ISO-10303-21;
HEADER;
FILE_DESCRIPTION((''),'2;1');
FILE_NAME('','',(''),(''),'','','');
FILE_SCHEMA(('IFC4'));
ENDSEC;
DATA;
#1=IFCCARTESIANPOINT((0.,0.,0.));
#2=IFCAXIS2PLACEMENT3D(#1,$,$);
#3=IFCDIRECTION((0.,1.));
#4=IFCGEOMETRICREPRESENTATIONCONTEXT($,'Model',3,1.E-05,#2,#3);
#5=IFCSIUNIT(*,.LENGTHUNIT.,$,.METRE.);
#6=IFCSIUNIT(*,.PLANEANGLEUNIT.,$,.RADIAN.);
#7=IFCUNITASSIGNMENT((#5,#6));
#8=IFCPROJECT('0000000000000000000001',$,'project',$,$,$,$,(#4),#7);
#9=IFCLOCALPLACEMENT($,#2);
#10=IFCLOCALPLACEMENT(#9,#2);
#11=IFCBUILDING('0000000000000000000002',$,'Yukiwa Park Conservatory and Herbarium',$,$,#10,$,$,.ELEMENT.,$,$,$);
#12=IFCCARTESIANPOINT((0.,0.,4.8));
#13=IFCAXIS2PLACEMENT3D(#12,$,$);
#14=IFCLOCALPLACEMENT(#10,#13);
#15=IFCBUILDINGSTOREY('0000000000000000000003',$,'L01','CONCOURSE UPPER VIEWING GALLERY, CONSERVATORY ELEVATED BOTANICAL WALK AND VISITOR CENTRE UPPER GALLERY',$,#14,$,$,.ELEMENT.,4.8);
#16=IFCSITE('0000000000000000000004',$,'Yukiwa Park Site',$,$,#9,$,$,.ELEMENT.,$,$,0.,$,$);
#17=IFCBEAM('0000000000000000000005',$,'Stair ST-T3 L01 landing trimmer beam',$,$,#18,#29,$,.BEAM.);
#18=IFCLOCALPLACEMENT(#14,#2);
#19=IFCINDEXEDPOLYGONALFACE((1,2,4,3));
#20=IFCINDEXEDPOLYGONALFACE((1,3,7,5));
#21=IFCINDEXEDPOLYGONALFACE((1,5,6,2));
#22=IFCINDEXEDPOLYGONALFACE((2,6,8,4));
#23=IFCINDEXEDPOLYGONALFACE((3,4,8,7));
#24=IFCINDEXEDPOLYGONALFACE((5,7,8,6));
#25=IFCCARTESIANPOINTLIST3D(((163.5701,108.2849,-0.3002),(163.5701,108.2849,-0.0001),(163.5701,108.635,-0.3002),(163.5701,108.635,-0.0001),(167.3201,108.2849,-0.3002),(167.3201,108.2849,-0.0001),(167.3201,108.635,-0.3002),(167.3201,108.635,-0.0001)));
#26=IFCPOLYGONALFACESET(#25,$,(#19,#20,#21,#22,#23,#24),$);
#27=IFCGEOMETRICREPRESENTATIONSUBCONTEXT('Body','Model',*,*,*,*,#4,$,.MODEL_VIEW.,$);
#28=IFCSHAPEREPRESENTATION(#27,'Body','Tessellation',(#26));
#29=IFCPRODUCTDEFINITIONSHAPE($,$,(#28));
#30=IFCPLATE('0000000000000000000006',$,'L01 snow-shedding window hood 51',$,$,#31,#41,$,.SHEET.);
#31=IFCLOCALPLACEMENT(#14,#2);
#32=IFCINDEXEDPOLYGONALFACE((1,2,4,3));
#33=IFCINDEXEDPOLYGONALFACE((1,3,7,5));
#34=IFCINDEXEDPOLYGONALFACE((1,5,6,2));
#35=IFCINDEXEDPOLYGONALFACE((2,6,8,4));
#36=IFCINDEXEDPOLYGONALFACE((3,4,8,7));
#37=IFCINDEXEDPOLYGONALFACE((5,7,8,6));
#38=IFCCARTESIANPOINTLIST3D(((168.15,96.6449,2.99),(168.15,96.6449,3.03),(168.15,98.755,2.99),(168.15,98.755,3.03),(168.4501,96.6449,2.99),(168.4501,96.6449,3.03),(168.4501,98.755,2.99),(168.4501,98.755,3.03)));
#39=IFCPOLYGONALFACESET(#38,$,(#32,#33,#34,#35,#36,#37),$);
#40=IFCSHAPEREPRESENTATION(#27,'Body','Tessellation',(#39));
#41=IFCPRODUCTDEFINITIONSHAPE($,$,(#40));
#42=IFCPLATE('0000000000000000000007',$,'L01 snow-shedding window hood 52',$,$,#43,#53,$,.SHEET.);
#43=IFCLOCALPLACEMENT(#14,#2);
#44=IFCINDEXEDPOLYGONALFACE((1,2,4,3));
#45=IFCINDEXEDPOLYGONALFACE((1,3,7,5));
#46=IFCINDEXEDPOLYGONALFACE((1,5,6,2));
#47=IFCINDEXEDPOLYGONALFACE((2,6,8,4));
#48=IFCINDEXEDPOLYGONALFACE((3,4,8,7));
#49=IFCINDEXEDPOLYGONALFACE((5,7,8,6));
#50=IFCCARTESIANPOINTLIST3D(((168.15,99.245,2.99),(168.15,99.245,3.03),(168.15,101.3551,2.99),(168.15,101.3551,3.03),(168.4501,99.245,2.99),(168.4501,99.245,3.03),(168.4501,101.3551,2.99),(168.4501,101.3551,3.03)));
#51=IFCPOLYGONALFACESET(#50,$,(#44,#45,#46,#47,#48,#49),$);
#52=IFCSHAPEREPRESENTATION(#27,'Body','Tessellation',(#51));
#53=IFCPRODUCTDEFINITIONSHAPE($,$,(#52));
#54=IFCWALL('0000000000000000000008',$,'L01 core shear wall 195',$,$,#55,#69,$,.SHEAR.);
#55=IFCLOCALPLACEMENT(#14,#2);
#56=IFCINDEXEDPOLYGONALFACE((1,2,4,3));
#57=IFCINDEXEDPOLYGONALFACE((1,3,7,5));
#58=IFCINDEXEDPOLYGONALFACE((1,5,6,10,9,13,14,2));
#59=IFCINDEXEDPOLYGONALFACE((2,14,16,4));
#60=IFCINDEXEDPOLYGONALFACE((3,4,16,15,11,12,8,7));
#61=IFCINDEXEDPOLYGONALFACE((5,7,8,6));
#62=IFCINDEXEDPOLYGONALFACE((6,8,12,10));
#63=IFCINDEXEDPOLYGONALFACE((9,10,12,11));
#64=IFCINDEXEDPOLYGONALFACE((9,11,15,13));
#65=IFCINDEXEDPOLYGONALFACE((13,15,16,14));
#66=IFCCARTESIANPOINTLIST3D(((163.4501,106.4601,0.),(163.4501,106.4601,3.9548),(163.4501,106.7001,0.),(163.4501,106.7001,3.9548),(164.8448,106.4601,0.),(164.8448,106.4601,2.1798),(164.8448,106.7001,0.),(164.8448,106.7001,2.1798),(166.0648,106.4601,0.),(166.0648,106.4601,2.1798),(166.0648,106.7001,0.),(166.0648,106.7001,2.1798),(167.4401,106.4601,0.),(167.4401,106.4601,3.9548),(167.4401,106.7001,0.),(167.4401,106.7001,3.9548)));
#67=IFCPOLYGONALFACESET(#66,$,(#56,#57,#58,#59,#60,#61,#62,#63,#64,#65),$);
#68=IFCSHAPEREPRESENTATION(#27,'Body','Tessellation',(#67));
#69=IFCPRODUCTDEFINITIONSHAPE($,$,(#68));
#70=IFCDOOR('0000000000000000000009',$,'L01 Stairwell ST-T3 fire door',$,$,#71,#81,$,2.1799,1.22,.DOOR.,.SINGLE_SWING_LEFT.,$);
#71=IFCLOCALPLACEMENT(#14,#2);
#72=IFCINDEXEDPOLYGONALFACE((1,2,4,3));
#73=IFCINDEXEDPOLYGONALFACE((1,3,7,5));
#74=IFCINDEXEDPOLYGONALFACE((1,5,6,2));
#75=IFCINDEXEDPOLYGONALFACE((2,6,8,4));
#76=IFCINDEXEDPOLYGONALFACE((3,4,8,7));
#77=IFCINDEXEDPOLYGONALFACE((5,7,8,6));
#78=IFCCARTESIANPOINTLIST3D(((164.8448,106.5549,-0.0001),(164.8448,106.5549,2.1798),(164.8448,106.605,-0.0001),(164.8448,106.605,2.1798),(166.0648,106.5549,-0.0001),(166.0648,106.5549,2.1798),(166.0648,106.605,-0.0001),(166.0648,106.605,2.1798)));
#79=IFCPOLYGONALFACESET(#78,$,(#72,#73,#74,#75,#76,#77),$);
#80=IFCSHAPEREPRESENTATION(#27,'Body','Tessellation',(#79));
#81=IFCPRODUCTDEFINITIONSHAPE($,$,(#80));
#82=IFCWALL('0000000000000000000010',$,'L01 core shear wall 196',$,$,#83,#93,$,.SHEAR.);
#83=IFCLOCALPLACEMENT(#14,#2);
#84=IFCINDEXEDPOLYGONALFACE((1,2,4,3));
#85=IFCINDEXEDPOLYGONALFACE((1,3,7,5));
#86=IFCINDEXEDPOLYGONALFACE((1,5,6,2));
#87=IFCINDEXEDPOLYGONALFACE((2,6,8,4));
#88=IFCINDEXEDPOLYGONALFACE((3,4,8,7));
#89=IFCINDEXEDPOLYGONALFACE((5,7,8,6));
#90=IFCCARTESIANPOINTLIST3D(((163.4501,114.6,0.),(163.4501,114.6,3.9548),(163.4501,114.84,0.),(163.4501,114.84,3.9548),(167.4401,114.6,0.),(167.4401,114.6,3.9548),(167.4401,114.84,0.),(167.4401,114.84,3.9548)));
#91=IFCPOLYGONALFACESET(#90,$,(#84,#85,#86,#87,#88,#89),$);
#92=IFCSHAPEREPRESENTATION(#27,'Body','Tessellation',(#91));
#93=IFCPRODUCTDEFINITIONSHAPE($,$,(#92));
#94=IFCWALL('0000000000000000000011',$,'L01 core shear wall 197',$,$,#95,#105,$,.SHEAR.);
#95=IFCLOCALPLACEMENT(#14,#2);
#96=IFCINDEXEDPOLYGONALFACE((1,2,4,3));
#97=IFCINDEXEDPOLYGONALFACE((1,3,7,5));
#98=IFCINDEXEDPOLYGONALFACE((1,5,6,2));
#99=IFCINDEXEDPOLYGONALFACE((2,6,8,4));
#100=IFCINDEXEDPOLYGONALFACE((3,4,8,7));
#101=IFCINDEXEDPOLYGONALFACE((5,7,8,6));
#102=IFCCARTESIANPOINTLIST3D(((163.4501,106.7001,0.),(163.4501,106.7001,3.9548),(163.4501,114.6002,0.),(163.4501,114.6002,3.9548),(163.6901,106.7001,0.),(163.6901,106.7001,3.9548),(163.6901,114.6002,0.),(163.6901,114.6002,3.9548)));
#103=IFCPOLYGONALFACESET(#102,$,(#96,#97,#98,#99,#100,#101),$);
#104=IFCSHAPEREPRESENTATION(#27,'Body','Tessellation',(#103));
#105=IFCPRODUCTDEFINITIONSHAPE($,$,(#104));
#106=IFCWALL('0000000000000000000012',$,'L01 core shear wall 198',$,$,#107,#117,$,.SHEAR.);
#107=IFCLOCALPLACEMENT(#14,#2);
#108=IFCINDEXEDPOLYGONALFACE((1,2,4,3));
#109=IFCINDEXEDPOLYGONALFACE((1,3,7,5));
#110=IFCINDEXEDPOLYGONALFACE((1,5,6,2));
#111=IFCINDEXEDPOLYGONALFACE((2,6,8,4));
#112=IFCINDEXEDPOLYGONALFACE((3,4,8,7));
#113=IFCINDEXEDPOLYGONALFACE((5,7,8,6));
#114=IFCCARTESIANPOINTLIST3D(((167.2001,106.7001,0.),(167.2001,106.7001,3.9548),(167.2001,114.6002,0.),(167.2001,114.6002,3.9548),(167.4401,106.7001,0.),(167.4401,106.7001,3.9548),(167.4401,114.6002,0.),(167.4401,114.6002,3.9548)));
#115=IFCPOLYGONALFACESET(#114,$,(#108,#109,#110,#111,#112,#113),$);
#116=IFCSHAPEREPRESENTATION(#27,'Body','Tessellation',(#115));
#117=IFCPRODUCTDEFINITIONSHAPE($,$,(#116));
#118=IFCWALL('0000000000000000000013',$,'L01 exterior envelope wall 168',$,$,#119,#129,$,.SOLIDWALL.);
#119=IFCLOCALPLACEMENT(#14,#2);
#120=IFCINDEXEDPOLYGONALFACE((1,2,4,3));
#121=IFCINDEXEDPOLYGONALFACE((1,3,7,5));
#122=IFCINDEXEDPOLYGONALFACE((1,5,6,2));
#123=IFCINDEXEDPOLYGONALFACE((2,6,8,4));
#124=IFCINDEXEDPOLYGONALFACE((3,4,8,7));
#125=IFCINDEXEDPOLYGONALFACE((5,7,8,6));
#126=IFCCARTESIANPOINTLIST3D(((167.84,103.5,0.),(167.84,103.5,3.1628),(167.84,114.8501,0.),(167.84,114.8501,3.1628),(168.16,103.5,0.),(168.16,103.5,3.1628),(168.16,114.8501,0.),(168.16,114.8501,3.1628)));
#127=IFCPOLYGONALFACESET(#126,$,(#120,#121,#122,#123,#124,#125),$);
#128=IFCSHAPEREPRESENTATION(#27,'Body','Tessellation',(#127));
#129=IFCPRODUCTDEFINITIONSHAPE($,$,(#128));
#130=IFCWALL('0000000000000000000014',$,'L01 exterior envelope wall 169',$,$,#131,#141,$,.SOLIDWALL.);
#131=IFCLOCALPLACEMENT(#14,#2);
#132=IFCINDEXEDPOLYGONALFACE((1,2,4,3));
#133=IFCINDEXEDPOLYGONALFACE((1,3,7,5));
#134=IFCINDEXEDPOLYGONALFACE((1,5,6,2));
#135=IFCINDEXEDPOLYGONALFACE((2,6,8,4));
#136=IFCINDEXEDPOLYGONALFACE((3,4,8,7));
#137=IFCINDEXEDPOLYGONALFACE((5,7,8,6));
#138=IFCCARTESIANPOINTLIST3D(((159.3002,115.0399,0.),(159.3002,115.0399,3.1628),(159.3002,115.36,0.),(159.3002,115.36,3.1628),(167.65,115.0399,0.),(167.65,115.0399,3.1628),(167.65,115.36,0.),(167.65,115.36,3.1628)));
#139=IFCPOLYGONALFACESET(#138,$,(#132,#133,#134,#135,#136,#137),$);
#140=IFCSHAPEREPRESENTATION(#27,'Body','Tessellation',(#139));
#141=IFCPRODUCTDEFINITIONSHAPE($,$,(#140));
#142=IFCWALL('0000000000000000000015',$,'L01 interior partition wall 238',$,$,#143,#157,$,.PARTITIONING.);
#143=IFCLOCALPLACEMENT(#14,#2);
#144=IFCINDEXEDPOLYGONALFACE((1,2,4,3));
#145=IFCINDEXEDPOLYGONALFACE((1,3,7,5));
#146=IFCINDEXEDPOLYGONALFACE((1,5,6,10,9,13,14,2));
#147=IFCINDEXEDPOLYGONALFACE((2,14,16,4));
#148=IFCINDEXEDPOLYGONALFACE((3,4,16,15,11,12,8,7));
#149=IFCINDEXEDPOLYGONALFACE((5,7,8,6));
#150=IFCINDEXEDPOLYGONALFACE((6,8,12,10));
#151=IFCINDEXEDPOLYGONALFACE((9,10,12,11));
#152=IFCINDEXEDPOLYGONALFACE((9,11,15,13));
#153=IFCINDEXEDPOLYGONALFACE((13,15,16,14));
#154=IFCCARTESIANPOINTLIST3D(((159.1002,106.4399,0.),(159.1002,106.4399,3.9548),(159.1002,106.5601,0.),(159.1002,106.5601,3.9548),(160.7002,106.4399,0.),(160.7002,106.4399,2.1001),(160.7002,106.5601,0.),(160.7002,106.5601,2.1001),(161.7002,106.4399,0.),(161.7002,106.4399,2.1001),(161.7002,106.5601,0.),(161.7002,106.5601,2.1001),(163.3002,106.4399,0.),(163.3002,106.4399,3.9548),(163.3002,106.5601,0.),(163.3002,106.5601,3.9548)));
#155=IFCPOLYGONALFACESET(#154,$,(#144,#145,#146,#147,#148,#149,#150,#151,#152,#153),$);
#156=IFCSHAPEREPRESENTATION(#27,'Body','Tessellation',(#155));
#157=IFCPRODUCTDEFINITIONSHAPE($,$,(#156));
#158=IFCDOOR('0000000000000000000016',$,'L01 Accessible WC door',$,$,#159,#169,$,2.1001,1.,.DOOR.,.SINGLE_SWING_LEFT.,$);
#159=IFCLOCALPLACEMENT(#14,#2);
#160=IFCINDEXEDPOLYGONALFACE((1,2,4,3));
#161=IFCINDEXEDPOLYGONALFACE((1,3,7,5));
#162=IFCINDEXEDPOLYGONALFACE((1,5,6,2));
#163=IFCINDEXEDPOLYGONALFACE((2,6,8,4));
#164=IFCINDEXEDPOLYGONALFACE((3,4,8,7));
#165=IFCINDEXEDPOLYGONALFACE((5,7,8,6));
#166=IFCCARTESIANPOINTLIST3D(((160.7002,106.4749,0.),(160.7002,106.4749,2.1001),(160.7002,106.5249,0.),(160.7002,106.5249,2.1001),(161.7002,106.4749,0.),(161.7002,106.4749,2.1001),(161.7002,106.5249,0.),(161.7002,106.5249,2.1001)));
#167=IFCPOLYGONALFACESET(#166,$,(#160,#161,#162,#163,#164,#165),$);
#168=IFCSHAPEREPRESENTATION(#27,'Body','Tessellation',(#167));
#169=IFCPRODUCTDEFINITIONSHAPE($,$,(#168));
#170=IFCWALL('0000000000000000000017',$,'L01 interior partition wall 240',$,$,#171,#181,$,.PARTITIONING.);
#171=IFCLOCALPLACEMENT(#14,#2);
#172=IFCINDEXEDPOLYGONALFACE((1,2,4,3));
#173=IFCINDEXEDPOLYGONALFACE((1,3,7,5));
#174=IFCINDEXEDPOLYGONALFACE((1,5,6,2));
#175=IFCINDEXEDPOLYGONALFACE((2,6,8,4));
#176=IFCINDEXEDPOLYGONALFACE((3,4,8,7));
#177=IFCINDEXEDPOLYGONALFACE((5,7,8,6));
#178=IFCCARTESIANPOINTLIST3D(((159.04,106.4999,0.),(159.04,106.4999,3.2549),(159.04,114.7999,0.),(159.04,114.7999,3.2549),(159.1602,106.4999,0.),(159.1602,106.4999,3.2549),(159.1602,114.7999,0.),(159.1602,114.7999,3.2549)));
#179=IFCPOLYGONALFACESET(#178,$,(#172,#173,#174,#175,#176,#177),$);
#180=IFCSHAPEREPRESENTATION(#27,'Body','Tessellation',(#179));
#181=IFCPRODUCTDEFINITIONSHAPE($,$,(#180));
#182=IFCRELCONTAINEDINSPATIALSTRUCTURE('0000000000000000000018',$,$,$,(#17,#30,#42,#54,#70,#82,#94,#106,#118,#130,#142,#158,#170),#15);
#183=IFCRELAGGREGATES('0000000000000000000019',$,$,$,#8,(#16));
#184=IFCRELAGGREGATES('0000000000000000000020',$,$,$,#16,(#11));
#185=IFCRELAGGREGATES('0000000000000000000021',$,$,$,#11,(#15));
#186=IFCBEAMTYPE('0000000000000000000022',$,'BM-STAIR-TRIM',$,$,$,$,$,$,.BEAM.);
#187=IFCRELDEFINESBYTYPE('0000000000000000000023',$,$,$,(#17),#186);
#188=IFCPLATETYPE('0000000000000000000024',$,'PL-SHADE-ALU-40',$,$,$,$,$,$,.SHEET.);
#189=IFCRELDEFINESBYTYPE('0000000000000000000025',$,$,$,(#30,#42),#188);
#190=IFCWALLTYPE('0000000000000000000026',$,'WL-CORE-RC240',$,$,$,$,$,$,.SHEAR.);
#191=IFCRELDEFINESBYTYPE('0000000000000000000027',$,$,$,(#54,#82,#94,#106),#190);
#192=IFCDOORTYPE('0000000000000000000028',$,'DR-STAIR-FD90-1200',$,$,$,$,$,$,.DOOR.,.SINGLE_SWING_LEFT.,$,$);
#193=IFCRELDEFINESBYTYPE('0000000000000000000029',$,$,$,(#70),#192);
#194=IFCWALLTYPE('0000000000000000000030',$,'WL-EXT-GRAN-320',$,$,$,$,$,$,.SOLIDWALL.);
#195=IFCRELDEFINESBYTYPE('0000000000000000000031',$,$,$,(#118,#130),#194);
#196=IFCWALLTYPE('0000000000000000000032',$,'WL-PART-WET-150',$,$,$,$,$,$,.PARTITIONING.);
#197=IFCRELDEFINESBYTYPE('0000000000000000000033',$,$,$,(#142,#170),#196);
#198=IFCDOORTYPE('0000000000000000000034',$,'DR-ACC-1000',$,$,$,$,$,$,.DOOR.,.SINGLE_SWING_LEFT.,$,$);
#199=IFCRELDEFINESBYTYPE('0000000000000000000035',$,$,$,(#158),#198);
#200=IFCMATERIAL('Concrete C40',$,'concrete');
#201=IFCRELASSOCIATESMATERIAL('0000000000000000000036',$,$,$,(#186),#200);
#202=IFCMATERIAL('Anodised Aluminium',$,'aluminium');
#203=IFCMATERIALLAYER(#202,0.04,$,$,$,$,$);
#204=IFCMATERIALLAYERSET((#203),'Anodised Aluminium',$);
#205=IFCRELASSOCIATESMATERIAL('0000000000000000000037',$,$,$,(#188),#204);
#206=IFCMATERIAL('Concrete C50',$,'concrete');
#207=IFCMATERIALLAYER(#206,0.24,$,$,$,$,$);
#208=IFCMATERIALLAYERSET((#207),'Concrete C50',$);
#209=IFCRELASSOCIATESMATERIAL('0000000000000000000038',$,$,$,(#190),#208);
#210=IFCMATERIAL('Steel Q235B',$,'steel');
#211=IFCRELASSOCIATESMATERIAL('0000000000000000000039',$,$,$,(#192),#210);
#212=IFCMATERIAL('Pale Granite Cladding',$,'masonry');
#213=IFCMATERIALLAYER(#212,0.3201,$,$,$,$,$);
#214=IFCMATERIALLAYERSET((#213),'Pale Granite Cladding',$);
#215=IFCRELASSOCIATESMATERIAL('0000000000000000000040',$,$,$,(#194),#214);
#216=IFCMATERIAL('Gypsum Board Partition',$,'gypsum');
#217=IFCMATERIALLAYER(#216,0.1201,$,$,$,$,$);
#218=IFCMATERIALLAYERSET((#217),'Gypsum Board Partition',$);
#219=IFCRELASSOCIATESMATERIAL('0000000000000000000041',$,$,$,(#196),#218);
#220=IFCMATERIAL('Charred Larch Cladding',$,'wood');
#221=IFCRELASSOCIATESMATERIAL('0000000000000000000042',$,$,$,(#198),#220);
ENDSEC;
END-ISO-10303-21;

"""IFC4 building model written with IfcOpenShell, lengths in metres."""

from ifc_helpers import new_model, si_unit, direction, frame, frame_2d, origin, origin_2d, place, context, subcontext, project, spatial, rectangle, extrude, material, layer, layer_set, material_profile, profile_set, type_object, element, fill, save


model = new_model("IFC4")

# Units and contexts
model_context = context("Model", 3, precision=1e-05, world=origin(), true_north=direction((0.0, 1.0)))
body_context = subcontext(model_context, "Body", "Model", "MODEL_VIEW")
ifc_project = project(units=[si_unit("LENGTHUNIT", "METRE"), si_unit("PLANEANGLEUNIT", "RADIAN")], contexts=[model_context])

# Site, building, storey
site_placement = place(None, origin())
site = spatial("IfcSite", under=ifc_project, at=site_placement, Name="Yukiwa Park Site", CompositionType="ELEMENT", RefElevation=0.0)
building_placement = place(site_placement, origin())
building = spatial("IfcBuilding", under=site, at=building_placement, Name="Yukiwa Park Conservatory and Herbarium", CompositionType="ELEMENT")
storey_placement = place(building_placement, frame((0.0, 0.0, 4.8)))
storey = spatial("IfcBuildingStorey", under=building, at=storey_placement, Name="L01", Description="CONCOURSE UPPER VIEWING GALLERY, CONSERVATORY ELEVATED BOTANICAL WALK AND VISITOR CENTRE UPPER GALLERY", CompositionType="ELEMENT", Elevation=4.8)

# Beam
ifc_material_1 = material(Name="Concrete C40", Category="concrete")
ifc_material_profile_1 = material_profile(ifc_material_1, rectangle(XDim=0.3501, YDim=0.3, at=origin_2d()), Name="RC 350x300")
ifc_profile_set_1 = profile_set([ifc_material_profile_1], Name="Concrete C40")
beam_type_1 = type_object("IfcBeamType", Name="BM-STAIR-TRIM", PredefinedType="BEAM", material=ifc_profile_set_1)
beam_1_placement = place(storey_placement, frame((163.5701, 108.46, -0.1501), z_axis=(1.0, 0.0, 0.0), x_axis=(0.0, 1.0, 0.0)))
element("IfcBeam", 1, at=beam_1_placement, inside=storey, type_object=beam_type_1, Name="Stair ST-T3 L01 landing trimmer beam", PredefinedType="BEAM", context=body_context, shape_type="SweptSolid", body=[
    extrude(rectangle(XDim=0.3501, YDim=0.3, at=origin_2d()), origin(), (0.0, 0.0, 1.0), 3.75),
])

# Plates
ifc_material_2 = material(Name="Anodised Aluminium", Category="aluminium")
ifc_layer_1 = layer(ifc_material_2, 0.04)
ifc_layer_set_1 = layer_set([ifc_layer_1], Name="Anodised Aluminium")
plate_type = type_object("IfcPlateType", Name="PL-SHADE-ALU-40", PredefinedType="SHEET", material=ifc_layer_set_1)
for number, where, z_axis, x_axis, name in (
    (2, (168.3, 97.7, 2.99), (0.0, 0.0, 1.0), (0.0, 1.0, 0.0), "L01 snow-shedding window hood 51"),
    (3, (168.3, 100.3, 2.99), (0.0, 0.0, 1.0), (0.0, 1.0, 0.0), "L01 snow-shedding window hood 52"),
):
    element("IfcPlate", number, at=place(storey_placement, frame(where, z_axis=z_axis, x_axis=x_axis)), inside=storey, type_object=plate_type, Name=name, PredefinedType="SHEET", context=body_context, shape_type="SweptSolid", body=[
        extrude(rectangle(XDim=2.1101, YDim=0.3, at=origin_2d()), origin(), (0.0, 0.0, 1.0), 0.04),
    ])

# Wall, opening, door
ifc_material_3 = material(Name="Concrete C50", Category="concrete")
ifc_layer_2 = layer(ifc_material_3, 0.24)
ifc_layer_set_2 = layer_set([ifc_layer_2], Name="Concrete C50")
wall_type_1 = type_object("IfcWallType", Name="WL-CORE-RC240", PredefinedType="SHEAR", material=ifc_layer_set_2)
wall_1_placement = place(storey_placement, frame((163.45, 106.5801, 0.0), z_axis=(0.0, 0.0, 1.0), x_axis=(1.0, 0.0, 0.0)))
wall_1 = element("IfcWall", 4, at=wall_1_placement, inside=storey, type_object=wall_type_1, Name="L01 core shear wall 195", PredefinedType="SHEAR", context=body_context, shape_type="SweptSolid", body=[
    extrude(rectangle(XDim=3.99, YDim=0.24, at=frame_2d((1.9951, 0.0))), origin(), (0.0, 0.0, 1.0), 3.9548),
])
opening_1_placement = place(wall_1_placement, frame((1.395, 0.0, 0.0)))
opening_1 = element("IfcOpeningElement", 5, at=opening_1_placement, cuts=wall_1, PredefinedType="OPENING", context=body_context, shape_type="SweptSolid", body=[
    extrude(rectangle(XDim=1.22, YDim=2.1799, at=frame_2d((0.6099, 1.0898))), frame((0.0, 0.1299, 0.0), z_axis=(0.0, -1.0, 0.0), x_axis=(1.0, 0.0, 0.0)), (0.0, 0.0, 1.0), 0.26),
])
ifc_material_4 = material(Name="Steel Q235B", Category="steel")
door_type_1 = type_object("IfcDoorType", Name="DR-STAIR-FD90-1200", OperationType="SINGLE_SWING_LEFT", PredefinedType="DOOR", material=ifc_material_4)
door_1_placement = place(opening_1_placement, origin())
door_1 = element("IfcDoor", 6, at=door_1_placement, inside=storey, type_object=door_type_1, Name="L01 Stairwell ST-T3 fire door", OperationType="SINGLE_SWING_LEFT", OverallHeight=2.1799, OverallWidth=1.22, PredefinedType="DOOR", context=body_context, shape_type="SweptSolid", body=[
    extrude(rectangle(XDim=1.22, YDim=2.1799, at=frame_2d((0.6099, 1.0898))), frame((0.0, 0.0249, 0.0), z_axis=(0.0, -1.0, 0.0), x_axis=(1.0, 0.0, 0.0)), (0.0, 0.0, 1.0), 0.05),
])
fill(opening_1, door_1)

# Walls
wall_2_placement = place(storey_placement, frame((163.45, 114.72, 0.0), z_axis=(0.0, 0.0, 1.0), x_axis=(1.0, 0.0, 0.0)))
element("IfcWall", 7, at=wall_2_placement, inside=storey, type_object=wall_type_1, Name="L01 core shear wall 196", PredefinedType="SHEAR", context=body_context, shape_type="SweptSolid", body=[
    extrude(rectangle(XDim=3.99, YDim=0.24, at=frame_2d((1.9951, 0.0))), origin(), (0.0, 0.0, 1.0), 3.9548),
])
for number, where, z_axis, x_axis, name in (
    (8, (163.5701, 106.7, 0.0), (0.0, 0.0, 1.0), (0.0, 1.0, 0.0), "L01 core shear wall 197"),
    (9, (167.3201, 106.7, 0.0), (0.0, 0.0, 1.0), (0.0, 1.0, 0.0), "L01 core shear wall 198"),
):
    element("IfcWall", number, at=place(storey_placement, frame(where, z_axis=z_axis, x_axis=x_axis)), inside=storey, type_object=wall_type_1, Name=name, PredefinedType="SHEAR", context=body_context, shape_type="SweptSolid", body=[
        extrude(rectangle(XDim=7.9001, YDim=0.24, at=frame_2d((3.9502, 0.0))), origin(), (0.0, 0.0, 1.0), 3.9548),
    ])
ifc_material_5 = material(Name="Pale Granite Cladding", Category="masonry")
ifc_layer_3 = layer(ifc_material_5, 0.3201)
ifc_layer_set_3 = layer_set([ifc_layer_3], Name="Pale Granite Cladding")
wall_type_2 = type_object("IfcWallType", Name="WL-EXT-GRAN-320", PredefinedType="SOLIDWALL", material=ifc_layer_set_3)
wall_3_placement = place(storey_placement, frame((168.0, 103.5, 0.0), z_axis=(0.0, 0.0, 1.0), x_axis=(0.0, 1.0, 0.0)))
element("IfcWall", 10, at=wall_3_placement, inside=storey, type_object=wall_type_2, Name="L01 exterior envelope wall 168", PredefinedType="SOLIDWALL", context=body_context, shape_type="SweptSolid", body=[
    extrude(rectangle(XDim=11.3501, YDim=0.3201, at=frame_2d((5.675, 0.0))), origin(), (0.0, 0.0, 1.0), 3.1628),
])
wall_4_placement = place(storey_placement, frame((167.6499, 115.2, 0.0), z_axis=(0.0, 0.0, 1.0), x_axis=(-1.0, 0.0, 0.0)))
element("IfcWall", 11, at=wall_4_placement, inside=storey, type_object=wall_type_2, Name="L01 exterior envelope wall 169", PredefinedType="SOLIDWALL", context=body_context, shape_type="SweptSolid", body=[
    extrude(rectangle(XDim=8.3499, YDim=0.3201, at=frame_2d((4.1748, 0.0))), origin(), (0.0, 0.0, 1.0), 3.1628),
])

# Wall, opening, door
ifc_material_6 = material(Name="Gypsum Board Partition", Category="gypsum")
ifc_layer_4 = layer(ifc_material_6, 0.1201)
ifc_layer_set_4 = layer_set([ifc_layer_4], Name="Gypsum Board Partition")
wall_type_3 = type_object("IfcWallType", Name="WL-PART-WET-150", PredefinedType="PARTITIONING", material=ifc_layer_set_4)
wall_5_placement = place(storey_placement, frame((159.1001, 106.5, 0.0), z_axis=(0.0, 0.0, 1.0), x_axis=(1.0, 0.0, 0.0)))
wall_5 = element("IfcWall", 12, at=wall_5_placement, inside=storey, type_object=wall_type_3, Name="L01 interior partition wall 238", PredefinedType="PARTITIONING", context=body_context, shape_type="SweptSolid", body=[
    extrude(rectangle(XDim=4.2, YDim=0.1201, at=frame_2d((2.1001, 0.0))), origin(), (0.0, 0.0, 1.0), 3.9548),
])
opening_2_placement = place(wall_5_placement, frame((1.6001, 0.0, 0.0)))
opening_2 = element("IfcOpeningElement", 13, at=opening_2_placement, cuts=wall_5, PredefinedType="OPENING", context=body_context, shape_type="SweptSolid", body=[
    extrude(rectangle(XDim=1.0, YDim=2.1001, at=frame_2d((0.5, 1.05))), frame((0.0, 0.0701, 0.0), z_axis=(0.0, -1.0, 0.0), x_axis=(1.0, 0.0, 0.0)), (0.0, 0.0, 1.0), 0.1401),
])
ifc_material_7 = material(Name="Charred Larch Cladding", Category="wood")
door_type_2 = type_object("IfcDoorType", Name="DR-ACC-1000", OperationType="SINGLE_SWING_LEFT", PredefinedType="DOOR", material=ifc_material_7)
door_2_placement = place(opening_2_placement, origin())
door_2 = element("IfcDoor", 14, at=door_2_placement, inside=storey, type_object=door_type_2, Name="L01 Accessible WC door", OperationType="SINGLE_SWING_LEFT", OverallHeight=2.1001, OverallWidth=1.0, PredefinedType="DOOR", context=body_context, shape_type="SweptSolid", body=[
    extrude(rectangle(XDim=1.0, YDim=2.1001, at=frame_2d((0.5, 1.05))), frame((0.0, 0.0249, 0.0), z_axis=(0.0, -1.0, 0.0), x_axis=(1.0, 0.0, 0.0)), (0.0, 0.0, 1.0), 0.05),
])
fill(opening_2, door_2)

# Wall
wall_6_placement = place(storey_placement, frame((159.1001, 106.5, 0.0), z_axis=(0.0, 0.0, 1.0), x_axis=(0.0, 1.0, 0.0)))
element("IfcWall", 15, at=wall_6_placement, inside=storey, type_object=wall_type_3, Name="L01 interior partition wall 240", PredefinedType="PARTITIONING", context=body_context, shape_type="SweptSolid", body=[
    extrude(rectangle(XDim=8.3, YDim=0.1201, at=frame_2d((4.1499, 0.0))), origin(), (0.0, 0.0, 1.0), 3.2549),
])

save(model, "model.ifc")
